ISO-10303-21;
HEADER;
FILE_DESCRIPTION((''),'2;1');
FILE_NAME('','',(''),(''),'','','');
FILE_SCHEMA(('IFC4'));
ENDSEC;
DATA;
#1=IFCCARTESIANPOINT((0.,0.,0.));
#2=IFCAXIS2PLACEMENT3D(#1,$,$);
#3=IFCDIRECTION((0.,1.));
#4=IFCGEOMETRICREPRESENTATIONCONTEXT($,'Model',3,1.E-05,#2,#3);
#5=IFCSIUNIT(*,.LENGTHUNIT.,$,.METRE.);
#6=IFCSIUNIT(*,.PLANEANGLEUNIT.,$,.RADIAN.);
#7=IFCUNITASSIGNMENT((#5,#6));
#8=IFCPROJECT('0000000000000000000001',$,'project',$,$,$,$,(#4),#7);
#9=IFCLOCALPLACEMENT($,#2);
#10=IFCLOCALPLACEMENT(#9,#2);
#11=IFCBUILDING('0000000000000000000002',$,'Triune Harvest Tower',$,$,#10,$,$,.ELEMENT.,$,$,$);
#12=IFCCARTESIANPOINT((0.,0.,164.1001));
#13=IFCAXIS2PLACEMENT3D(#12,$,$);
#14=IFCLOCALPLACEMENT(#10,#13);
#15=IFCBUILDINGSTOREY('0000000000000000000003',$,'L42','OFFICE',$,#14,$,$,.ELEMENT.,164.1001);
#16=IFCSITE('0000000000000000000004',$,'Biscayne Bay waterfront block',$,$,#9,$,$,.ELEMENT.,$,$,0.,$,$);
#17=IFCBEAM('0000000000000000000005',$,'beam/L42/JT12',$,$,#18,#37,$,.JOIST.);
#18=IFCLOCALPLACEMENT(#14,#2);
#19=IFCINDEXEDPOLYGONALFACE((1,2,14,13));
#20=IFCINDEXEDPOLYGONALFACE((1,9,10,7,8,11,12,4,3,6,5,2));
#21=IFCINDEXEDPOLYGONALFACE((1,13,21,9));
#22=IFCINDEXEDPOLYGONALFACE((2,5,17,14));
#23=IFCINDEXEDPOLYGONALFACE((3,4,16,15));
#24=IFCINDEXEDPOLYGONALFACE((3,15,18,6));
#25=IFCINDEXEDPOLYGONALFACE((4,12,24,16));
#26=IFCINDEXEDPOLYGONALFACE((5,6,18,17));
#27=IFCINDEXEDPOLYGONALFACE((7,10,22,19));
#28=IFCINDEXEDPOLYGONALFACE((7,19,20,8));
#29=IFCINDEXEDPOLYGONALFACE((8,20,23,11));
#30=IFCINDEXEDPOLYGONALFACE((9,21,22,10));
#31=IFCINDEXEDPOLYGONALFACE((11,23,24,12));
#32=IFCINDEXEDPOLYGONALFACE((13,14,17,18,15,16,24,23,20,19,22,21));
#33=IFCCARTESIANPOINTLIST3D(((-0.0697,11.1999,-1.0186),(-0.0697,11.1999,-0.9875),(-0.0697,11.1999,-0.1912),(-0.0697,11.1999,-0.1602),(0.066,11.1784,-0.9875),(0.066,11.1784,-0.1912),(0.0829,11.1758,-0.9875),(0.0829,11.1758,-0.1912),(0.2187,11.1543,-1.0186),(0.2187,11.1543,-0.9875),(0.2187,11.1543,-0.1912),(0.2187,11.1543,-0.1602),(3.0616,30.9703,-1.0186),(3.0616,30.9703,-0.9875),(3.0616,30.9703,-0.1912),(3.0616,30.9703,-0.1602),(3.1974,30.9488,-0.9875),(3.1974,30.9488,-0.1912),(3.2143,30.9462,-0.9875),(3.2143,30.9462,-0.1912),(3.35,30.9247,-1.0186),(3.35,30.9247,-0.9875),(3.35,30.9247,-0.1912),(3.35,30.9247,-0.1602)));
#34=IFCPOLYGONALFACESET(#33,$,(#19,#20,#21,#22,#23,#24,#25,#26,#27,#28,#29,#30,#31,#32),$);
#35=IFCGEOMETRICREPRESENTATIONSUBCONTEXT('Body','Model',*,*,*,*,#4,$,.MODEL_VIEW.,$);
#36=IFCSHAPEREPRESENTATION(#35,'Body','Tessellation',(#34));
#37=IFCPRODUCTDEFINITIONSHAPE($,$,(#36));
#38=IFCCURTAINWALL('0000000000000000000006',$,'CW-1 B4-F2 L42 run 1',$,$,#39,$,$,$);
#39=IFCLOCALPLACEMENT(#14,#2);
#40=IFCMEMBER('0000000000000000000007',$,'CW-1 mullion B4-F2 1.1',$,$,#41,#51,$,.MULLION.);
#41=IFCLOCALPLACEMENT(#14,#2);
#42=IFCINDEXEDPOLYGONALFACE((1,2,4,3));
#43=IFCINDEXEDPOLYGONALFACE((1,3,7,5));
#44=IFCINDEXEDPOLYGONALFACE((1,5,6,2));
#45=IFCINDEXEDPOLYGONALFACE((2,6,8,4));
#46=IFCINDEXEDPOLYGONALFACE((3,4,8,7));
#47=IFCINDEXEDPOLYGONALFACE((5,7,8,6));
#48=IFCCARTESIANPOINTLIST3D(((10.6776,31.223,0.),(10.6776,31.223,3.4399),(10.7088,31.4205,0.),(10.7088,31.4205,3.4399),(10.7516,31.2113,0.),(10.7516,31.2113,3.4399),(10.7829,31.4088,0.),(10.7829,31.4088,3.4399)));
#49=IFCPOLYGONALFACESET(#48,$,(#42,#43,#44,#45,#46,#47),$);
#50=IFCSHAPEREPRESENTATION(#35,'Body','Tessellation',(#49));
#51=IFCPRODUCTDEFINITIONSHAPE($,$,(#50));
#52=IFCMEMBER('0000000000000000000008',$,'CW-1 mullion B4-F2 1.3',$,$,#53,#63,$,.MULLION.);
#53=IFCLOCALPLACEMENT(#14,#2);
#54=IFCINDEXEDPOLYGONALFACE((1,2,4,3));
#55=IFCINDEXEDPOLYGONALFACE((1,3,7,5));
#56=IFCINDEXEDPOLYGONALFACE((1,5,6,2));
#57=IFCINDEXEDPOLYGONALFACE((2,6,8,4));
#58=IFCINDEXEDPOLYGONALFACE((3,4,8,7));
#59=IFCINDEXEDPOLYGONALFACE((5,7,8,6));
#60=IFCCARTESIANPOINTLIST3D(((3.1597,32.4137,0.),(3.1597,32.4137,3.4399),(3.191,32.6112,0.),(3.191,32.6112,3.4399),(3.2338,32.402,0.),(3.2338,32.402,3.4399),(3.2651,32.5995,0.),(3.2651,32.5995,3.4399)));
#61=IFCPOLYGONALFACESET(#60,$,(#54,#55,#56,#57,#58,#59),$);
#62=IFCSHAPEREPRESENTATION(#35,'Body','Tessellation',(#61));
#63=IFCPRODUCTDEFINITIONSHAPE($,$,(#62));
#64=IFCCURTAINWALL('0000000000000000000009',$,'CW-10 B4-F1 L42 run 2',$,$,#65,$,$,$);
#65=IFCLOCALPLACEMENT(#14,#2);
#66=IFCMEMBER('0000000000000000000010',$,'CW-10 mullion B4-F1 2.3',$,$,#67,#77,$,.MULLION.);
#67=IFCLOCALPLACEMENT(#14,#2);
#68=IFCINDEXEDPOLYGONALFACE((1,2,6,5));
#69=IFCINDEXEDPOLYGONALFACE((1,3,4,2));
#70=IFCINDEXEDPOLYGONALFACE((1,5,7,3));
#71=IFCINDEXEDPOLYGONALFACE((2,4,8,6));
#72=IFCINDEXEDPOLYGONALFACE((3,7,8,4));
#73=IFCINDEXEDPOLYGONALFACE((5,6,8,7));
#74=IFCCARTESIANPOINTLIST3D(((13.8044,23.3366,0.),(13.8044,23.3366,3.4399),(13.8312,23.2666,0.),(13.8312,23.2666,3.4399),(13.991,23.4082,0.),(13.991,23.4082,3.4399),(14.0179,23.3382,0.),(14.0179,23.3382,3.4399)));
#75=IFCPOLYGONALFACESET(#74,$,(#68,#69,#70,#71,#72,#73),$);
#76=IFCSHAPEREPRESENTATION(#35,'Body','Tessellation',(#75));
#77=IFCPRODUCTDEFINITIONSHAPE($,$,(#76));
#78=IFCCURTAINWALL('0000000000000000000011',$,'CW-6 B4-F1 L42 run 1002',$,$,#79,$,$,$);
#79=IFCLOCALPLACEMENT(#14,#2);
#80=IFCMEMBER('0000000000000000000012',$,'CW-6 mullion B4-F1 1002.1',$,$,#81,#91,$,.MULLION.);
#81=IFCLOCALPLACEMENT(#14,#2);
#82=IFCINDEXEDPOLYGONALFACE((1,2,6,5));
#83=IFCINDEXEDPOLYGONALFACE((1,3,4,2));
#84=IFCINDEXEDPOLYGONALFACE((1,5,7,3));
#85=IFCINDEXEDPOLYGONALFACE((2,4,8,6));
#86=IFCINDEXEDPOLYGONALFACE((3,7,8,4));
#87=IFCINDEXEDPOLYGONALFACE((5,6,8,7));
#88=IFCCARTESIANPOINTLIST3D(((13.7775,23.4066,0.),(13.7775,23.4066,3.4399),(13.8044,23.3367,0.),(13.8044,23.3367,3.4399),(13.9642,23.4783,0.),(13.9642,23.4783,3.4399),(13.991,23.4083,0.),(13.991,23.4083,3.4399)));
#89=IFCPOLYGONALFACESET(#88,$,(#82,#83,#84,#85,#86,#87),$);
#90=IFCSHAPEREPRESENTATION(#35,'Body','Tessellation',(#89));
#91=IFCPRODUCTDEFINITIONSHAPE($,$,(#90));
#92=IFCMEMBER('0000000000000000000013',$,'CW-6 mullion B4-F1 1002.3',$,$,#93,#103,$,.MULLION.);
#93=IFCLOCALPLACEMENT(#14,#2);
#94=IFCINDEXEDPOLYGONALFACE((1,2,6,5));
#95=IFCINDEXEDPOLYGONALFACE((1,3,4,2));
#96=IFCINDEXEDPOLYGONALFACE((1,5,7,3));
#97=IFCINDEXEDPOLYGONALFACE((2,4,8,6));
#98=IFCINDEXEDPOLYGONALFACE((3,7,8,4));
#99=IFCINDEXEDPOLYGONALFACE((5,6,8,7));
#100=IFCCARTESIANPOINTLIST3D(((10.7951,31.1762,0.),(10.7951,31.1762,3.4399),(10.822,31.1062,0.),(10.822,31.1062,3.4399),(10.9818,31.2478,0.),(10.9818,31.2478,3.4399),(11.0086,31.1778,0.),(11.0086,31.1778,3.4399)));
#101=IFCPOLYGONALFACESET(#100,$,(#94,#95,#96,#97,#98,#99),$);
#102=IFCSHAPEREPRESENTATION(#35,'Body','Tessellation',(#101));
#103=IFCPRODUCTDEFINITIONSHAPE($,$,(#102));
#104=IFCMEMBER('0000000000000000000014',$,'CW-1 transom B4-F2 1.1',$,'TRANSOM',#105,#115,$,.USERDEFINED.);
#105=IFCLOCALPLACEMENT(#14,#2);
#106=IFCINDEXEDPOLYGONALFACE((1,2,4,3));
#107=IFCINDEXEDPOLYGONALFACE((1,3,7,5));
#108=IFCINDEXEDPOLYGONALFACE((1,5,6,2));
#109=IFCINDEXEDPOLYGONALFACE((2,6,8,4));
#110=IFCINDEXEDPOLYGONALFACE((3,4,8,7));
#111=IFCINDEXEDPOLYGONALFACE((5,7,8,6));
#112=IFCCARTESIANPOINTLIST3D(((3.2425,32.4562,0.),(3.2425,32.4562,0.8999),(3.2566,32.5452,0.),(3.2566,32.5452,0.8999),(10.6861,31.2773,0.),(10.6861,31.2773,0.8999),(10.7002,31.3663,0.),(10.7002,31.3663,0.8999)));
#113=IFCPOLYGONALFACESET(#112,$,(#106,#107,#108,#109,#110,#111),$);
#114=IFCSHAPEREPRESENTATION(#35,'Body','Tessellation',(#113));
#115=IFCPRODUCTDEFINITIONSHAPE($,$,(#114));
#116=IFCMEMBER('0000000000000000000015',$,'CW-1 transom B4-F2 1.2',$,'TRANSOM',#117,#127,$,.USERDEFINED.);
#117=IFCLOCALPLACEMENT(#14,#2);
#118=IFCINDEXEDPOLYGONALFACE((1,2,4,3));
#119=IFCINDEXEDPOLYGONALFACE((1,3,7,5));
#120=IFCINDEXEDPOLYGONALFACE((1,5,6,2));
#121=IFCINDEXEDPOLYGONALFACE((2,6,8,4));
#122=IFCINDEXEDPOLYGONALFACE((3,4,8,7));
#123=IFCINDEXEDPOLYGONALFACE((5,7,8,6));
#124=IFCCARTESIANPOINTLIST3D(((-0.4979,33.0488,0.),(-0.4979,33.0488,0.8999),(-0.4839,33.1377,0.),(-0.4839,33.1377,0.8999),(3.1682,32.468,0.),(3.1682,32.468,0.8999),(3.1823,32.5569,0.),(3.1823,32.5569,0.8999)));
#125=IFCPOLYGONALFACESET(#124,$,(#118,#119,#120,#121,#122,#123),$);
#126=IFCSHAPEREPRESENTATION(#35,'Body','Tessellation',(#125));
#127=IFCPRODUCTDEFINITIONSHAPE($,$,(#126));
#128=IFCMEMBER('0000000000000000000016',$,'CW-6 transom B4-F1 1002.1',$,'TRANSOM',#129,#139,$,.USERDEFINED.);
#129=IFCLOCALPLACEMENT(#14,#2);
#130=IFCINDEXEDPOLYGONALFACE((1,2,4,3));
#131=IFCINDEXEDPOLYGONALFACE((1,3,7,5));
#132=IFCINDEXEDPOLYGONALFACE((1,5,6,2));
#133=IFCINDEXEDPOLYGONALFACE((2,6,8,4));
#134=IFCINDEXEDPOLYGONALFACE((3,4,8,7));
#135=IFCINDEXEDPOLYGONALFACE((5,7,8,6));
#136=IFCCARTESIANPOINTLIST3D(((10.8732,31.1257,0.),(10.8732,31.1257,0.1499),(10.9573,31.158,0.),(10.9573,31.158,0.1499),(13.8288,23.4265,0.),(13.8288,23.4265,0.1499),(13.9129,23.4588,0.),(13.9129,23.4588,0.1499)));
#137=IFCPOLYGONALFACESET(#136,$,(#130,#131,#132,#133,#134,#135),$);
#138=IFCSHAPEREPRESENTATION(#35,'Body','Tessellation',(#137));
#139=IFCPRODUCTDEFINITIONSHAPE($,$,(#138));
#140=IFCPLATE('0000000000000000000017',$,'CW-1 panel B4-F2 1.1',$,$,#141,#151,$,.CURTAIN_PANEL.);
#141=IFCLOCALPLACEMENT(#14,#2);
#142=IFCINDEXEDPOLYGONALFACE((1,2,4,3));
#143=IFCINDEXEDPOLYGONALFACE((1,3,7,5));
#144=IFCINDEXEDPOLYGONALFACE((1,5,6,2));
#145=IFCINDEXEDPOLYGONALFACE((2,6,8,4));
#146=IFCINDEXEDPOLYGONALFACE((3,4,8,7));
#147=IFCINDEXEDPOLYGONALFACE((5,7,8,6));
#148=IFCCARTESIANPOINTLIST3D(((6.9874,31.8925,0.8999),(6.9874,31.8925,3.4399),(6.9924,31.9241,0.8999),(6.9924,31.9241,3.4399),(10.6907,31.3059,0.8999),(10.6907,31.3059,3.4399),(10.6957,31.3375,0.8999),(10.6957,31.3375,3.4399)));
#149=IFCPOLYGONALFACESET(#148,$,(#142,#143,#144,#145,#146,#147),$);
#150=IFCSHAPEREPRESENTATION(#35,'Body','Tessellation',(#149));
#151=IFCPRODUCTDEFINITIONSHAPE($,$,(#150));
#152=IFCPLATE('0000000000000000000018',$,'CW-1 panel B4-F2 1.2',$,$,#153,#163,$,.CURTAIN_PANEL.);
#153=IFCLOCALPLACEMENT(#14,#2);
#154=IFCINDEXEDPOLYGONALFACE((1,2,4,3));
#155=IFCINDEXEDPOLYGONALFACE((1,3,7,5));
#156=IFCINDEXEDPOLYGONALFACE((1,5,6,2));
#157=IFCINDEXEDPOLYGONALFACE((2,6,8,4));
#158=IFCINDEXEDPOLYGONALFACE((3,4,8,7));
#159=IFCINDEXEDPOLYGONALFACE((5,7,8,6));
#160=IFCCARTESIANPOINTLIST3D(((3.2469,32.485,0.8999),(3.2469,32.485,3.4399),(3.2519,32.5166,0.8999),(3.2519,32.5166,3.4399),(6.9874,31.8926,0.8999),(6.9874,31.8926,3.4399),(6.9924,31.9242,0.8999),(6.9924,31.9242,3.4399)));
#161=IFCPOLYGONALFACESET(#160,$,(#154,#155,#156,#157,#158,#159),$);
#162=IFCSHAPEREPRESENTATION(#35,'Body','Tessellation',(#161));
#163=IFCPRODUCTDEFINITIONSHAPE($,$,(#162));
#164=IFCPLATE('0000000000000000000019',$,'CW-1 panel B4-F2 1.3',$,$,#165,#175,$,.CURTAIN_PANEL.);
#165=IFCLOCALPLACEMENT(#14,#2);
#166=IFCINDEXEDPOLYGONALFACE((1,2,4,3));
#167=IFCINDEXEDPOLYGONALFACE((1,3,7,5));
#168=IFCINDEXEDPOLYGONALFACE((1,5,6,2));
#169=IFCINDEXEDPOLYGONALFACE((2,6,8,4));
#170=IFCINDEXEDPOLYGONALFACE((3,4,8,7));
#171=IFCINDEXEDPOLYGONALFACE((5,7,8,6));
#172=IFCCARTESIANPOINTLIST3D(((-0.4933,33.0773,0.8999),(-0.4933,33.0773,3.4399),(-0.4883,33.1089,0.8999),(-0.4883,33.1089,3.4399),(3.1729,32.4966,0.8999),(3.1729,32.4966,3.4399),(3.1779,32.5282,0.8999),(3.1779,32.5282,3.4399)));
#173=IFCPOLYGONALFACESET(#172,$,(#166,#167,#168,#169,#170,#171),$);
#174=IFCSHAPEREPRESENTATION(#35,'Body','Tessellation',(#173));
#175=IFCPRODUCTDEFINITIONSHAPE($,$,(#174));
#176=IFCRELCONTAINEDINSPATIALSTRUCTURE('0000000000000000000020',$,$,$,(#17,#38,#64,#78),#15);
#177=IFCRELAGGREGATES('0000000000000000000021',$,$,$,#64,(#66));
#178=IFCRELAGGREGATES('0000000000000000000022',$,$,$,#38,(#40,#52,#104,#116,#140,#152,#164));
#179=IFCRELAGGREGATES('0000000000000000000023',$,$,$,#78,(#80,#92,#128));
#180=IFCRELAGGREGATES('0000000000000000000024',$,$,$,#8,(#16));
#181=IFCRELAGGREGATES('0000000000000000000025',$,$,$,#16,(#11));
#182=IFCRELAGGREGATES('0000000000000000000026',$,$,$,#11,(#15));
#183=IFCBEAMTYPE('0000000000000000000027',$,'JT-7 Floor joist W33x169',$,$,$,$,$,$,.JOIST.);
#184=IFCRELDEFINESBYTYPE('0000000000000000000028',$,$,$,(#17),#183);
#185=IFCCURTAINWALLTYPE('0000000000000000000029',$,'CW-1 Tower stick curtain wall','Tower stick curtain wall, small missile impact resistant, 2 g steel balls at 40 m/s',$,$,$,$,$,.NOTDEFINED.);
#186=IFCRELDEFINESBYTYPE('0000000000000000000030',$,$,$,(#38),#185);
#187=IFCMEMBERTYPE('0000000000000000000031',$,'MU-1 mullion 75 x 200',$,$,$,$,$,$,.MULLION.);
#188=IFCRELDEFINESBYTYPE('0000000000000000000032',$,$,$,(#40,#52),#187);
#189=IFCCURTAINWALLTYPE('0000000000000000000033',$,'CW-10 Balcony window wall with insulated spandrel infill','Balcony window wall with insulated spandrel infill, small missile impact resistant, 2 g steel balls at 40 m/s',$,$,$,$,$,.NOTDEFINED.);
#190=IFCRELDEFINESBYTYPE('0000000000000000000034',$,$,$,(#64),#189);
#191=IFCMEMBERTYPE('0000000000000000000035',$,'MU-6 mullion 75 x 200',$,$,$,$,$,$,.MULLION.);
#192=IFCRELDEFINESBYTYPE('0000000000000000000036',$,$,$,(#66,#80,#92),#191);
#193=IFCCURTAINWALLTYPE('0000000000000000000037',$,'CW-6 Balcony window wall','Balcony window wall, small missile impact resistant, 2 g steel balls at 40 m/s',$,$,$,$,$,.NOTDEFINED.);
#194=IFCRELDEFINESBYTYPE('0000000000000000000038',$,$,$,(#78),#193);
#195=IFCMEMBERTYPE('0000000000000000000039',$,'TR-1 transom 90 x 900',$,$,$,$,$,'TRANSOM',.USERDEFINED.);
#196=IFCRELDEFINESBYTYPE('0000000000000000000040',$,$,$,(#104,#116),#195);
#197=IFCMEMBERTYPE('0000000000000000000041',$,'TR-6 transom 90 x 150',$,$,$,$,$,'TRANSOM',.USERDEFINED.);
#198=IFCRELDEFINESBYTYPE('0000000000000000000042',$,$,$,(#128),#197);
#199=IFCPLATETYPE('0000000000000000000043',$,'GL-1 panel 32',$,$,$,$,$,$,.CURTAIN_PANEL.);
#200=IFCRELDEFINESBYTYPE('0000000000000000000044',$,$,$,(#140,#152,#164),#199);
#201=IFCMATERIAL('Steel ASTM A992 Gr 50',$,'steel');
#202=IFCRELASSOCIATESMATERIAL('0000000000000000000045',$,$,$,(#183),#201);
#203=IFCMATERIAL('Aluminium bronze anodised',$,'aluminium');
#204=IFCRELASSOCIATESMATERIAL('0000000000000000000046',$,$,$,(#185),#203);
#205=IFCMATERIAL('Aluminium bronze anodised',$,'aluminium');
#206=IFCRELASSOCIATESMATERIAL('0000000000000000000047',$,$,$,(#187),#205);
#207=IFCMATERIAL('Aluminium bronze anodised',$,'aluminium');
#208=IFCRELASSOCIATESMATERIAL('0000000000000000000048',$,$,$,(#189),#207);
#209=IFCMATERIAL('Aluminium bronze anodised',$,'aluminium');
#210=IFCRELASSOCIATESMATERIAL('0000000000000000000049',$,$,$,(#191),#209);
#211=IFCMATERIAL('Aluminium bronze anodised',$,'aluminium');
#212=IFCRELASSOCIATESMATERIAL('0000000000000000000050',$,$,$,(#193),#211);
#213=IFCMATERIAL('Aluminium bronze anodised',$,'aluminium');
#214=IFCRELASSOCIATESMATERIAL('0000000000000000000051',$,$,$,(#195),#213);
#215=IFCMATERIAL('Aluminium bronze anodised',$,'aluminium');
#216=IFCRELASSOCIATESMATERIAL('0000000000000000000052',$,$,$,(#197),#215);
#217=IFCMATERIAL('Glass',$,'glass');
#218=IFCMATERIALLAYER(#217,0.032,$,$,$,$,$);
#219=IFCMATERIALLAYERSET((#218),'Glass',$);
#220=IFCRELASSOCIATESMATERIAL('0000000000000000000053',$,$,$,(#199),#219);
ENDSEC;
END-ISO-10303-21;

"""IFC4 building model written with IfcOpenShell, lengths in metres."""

from ifc_helpers import new_model, si_unit, direction, frame, origin, origin_2d, place, context, subcontext, project, spatial, rectangle, i_section, extrude, source, transform, mapped, material, layer, layer_set, material_profile, profile_set, type_object, element, aggregate, save


model = new_model("IFC4")

# Units and contexts
model_context = context("Model", 3, precision=1e-05, world=origin(), true_north=direction((0.0, 1.0)))
body_context = subcontext(model_context, "Body", "Model", "MODEL_VIEW")
ifc_project = project(units=[si_unit("LENGTHUNIT", "METRE"), si_unit("PLANEANGLEUNIT", "RADIAN")], contexts=[model_context])

# Site, building, storey
site_placement = place(None, origin())
site = spatial("IfcSite", under=ifc_project, at=site_placement, Name="Biscayne Bay waterfront block", CompositionType="ELEMENT", RefElevation=0.0)
building_placement = place(site_placement, origin())
building = spatial("IfcBuilding", under=site, at=building_placement, Name="Triune Harvest Tower", CompositionType="ELEMENT")
storey_placement = place(building_placement, frame((0.0, 0.0, 164.1001)))
storey = spatial("IfcBuildingStorey", under=building, at=storey_placement, Name="L42", Description="OFFICE", CompositionType="ELEMENT", Elevation=164.1001)

# Beam
ifc_material_1 = material(Name="Steel ASTM A992 Gr 50", Category="steel")
ifc_material_profile_1 = material_profile(ifc_material_1, i_section(OverallWidth=0.292, OverallDepth=0.8584, WebThickness=0.0171, FlangeThickness=0.031, at=origin_2d()), Name="W33x169")
ifc_profile_set_1 = profile_set([ifc_material_profile_1], Name="Steel ASTM A992 Gr 50")
beam_type_1 = type_object("IfcBeamType", Name="JT-7 Floor joist W33x169", PredefinedType="JOIST", material=ifc_profile_set_1)
shared_shape_1 = source(origin(), body_context, "Body", "SweptSolid", [
    extrude(i_section(OverallWidth=0.292, OverallDepth=0.8584, WebThickness=0.0171, FlangeThickness=0.031, at=origin_2d()), origin(), (0.0, 0.0, 1.0), 20.0168),
])
beam_1_placement = place(storey_placement, frame((3.2058, 30.9475, -0.5894), z_axis=(-0.156435, -0.987688, 0.0), x_axis=(0.987688, -0.156435, 0.0)))
element("IfcBeam", 1, at=beam_1_placement, inside=storey, type_object=beam_type_1, Name="beam/L42/JT12", PredefinedType="JOIST", context=body_context, shape_type="MappedRepresentation", body=[
    mapped(shared_shape_1, transform((0.0, 0.0, 0.0), scale=1.0)),
])

# Curtain wall, members
ifc_material_2 = material(Name="Aluminium bronze anodised", Category="aluminium")
curtain_wall_type_1 = type_object("IfcCurtainWallType", Name="CW-1 Tower stick curtain wall", Description="Tower stick curtain wall, small missile impact resistant, 2 g steel balls at 40 m/s", PredefinedType="NOTDEFINED", material=ifc_material_2)
curtain_wall_1_placement = place(storey_placement, origin())
curtain_wall_1 = element("IfcCurtainWall", 2, at=curtain_wall_1_placement, inside=storey, type_object=curtain_wall_type_1, Name="CW-1 B4-F2 L42 run 1")
ifc_material_3 = material(Name="Aluminium bronze anodised", Category="aluminium")
ifc_material_profile_2 = material_profile(ifc_material_3, rectangle(XDim=0.2, YDim=0.075, at=origin_2d()), Name="MU-1 mullion 75 x 200")
ifc_profile_set_2 = profile_set([ifc_material_profile_2], Name="Aluminium bronze anodised")
member_type_1 = type_object("IfcMemberType", Name="MU-1 mullion 75 x 200", PredefinedType="MULLION", material=ifc_profile_set_2)
shared_shape_2 = source(origin(), body_context, "Body", "SweptSolid", [
    extrude(rectangle(XDim=0.2, YDim=0.075, at=origin_2d()), origin(), (0.0, 0.0, 1.0), 3.4399),
])
member_1_placement = place(storey_placement, frame((10.7302, 31.3159, 0.0), z_axis=(0.0, 0.0, 1.0), x_axis=(-0.156433, -0.987689, 0.0)))
member_1 = element("IfcMember", 3, at=member_1_placement, type_object=member_type_1, Name="CW-1 mullion B4-F2 1.1", PredefinedType="MULLION", context=body_context, shape_type="MappedRepresentation", body=[
    mapped(shared_shape_2, transform((0.0, 0.0, 0.0), scale=1.0)),
])
member_2_placement = place(storey_placement, frame((3.2124, 32.5066, 0.0), z_axis=(0.0, 0.0, 1.0), x_axis=(-0.156433, -0.987689, 0.0)))
member_2 = element("IfcMember", 4, at=member_2_placement, type_object=member_type_1, Name="CW-1 mullion B4-F2 1.3", PredefinedType="MULLION", context=body_context, shape_type="MappedRepresentation", body=[
    mapped(shared_shape_2, transform((0.0, 0.0, 0.0), scale=1.0)),
])

# Curtain wall, member
ifc_material_4 = material(Name="Aluminium bronze anodised", Category="aluminium")
curtain_wall_type_2 = type_object("IfcCurtainWallType", Name="CW-10 Balcony window wall with insulated spandrel infill", Description="Balcony window wall with insulated spandrel infill, small missile impact resistant, 2 g steel balls at 40 m/s", PredefinedType="NOTDEFINED", material=ifc_material_4)
curtain_wall_2_placement = place(storey_placement, origin())
curtain_wall_2 = element("IfcCurtainWall", 5, at=curtain_wall_2_placement, inside=storey, type_object=curtain_wall_type_2, Name="CW-10 B4-F1 L42 run 2")
ifc_material_5 = material(Name="Aluminium bronze anodised", Category="aluminium")
ifc_material_profile_3 = material_profile(ifc_material_5, rectangle(XDim=0.2, YDim=0.075, at=origin_2d()), Name="MU-6 mullion 75 x 200")
ifc_profile_set_3 = profile_set([ifc_material_profile_3], Name="Aluminium bronze anodised")
member_type_2 = type_object("IfcMemberType", Name="MU-6 mullion 75 x 200", PredefinedType="MULLION", material=ifc_profile_set_3)
shared_shape_3 = source(origin(), body_context, "Body", "SweptSolid", [
    extrude(rectangle(XDim=0.2, YDim=0.075, at=origin_2d()), origin(), (0.0, 0.0, 1.0), 3.4399),
])
member_3_placement = place(storey_placement, frame((13.9111, 23.3374, 0.0), z_axis=(0.0, 0.0, 1.0), x_axis=(-0.933582, -0.358365, 0.0)))
member_3 = element("IfcMember", 6, at=member_3_placement, type_object=member_type_2, Name="CW-10 mullion B4-F1 2.3", PredefinedType="MULLION", context=body_context, shape_type="MappedRepresentation", body=[
    mapped(shared_shape_3, transform((0.0, 0.0, 0.0), scale=1.0)),
])
aggregate(curtain_wall_2, [member_3])

# Curtain wall, members
ifc_material_6 = material(Name="Aluminium bronze anodised", Category="aluminium")
curtain_wall_type_3 = type_object("IfcCurtainWallType", Name="CW-6 Balcony window wall", Description="Balcony window wall, small missile impact resistant, 2 g steel balls at 40 m/s", PredefinedType="NOTDEFINED", material=ifc_material_6)
curtain_wall_3_placement = place(storey_placement, origin())
curtain_wall_3 = element("IfcCurtainWall", 7, at=curtain_wall_3_placement, inside=storey, type_object=curtain_wall_type_3, Name="CW-6 B4-F1 L42 run 1002")
member_4_placement = place(storey_placement, frame((13.8843, 23.4075, 0.0), z_axis=(0.0, 0.0, 1.0), x_axis=(-0.933578, -0.358373, 0.0)))
member_4 = element("IfcMember", 8, at=member_4_placement, type_object=member_type_2, Name="CW-6 mullion B4-F1 1002.1", PredefinedType="MULLION", context=body_context, shape_type="MappedRepresentation", body=[
    mapped(shared_shape_3, transform((0.0, 0.0, 0.0), scale=1.0)),
])
member_5_placement = place(storey_placement, frame((10.9019, 31.177, 0.0), z_axis=(0.0, 0.0, 1.0), x_axis=(-0.933578, -0.358373, 0.0)))
member_5 = element("IfcMember", 9, at=member_5_placement, type_object=member_type_2, Name="CW-6 mullion B4-F1 1002.3", PredefinedType="MULLION", context=body_context, shape_type="MappedRepresentation", body=[
    mapped(shared_shape_3, transform((0.0, 0.0, 0.0), scale=1.0)),
])

# Members
ifc_material_7 = material(Name="Aluminium bronze anodised", Category="aluminium")
ifc_material_profile_4 = material_profile(ifc_material_7, rectangle(XDim=0.0901, YDim=0.8999, at=origin_2d()), Name="TR-1 transom 90 x 900")
ifc_profile_set_4 = profile_set([ifc_material_profile_4], Name="Aluminium bronze anodised")
member_type_3 = type_object("IfcMemberType", Name="TR-1 transom 90 x 900", ElementType="TRANSOM", PredefinedType="USERDEFINED", material=ifc_profile_set_4)
shared_shape_4 = source(origin(), body_context, "Body", "SweptSolid", [
    extrude(rectangle(XDim=0.0901, YDim=0.8999, at=origin_2d()), origin(), (0.0, 0.0, 1.0), 7.5364),
])
member_6_placement = place(storey_placement, frame((10.6931, 31.3218, 0.45), z_axis=(-0.987688, 0.156435, 0.0), x_axis=(-0.156435, -0.987688, 0.0)))
member_6 = element("IfcMember", 10, at=member_6_placement, type_object=member_type_3, Name="CW-1 transom B4-F2 1.1", ObjectType="TRANSOM", PredefinedType="USERDEFINED", context=body_context, shape_type="MappedRepresentation", body=[
    mapped(shared_shape_4, transform((0.0, 0.0, 0.0), scale=1.0)),
])
shared_shape_5 = source(origin(), body_context, "Body", "SweptSolid", [
    extrude(rectangle(XDim=0.0901, YDim=0.8999, at=origin_2d()), origin(), (0.0, 0.0, 1.0), 3.7119),
])
member_7_placement = place(storey_placement, frame((3.1753, 32.5125, 0.45), z_axis=(-0.987683, 0.156469, 0.0), x_axis=(-0.156469, -0.987683, 0.0)))
member_7 = element("IfcMember", 11, at=member_7_placement, type_object=member_type_3, Name="CW-1 transom B4-F2 1.2", ObjectType="TRANSOM", PredefinedType="USERDEFINED", context=body_context, shape_type="MappedRepresentation", body=[
    mapped(shared_shape_5, transform((0.0, 0.0, 0.0), scale=1.0)),
])
ifc_material_8 = material(Name="Aluminium bronze anodised", Category="aluminium")
ifc_material_profile_5 = material_profile(ifc_material_8, rectangle(XDim=0.0901, YDim=0.1499, at=origin_2d()), Name="TR-6 transom 90 x 150")
ifc_profile_set_5 = profile_set([ifc_material_profile_5], Name="Aluminium bronze anodised")
member_type_4 = type_object("IfcMemberType", Name="TR-6 transom 90 x 150", ElementType="TRANSOM", PredefinedType="USERDEFINED", material=ifc_profile_set_5)
shared_shape_6 = source(origin(), body_context, "Body", "SweptSolid", [
    extrude(rectangle(XDim=0.0901, YDim=0.1499, at=origin_2d()), origin(), (0.0, 0.0, 1.0), 8.2471),
])
member_8_placement = place(storey_placement, frame((13.8708, 23.4426, 0.075), z_axis=(-0.35838, 0.933576, 0.0), x_axis=(-0.933576, -0.35838, 0.0)))
member_8 = element("IfcMember", 12, at=member_8_placement, type_object=member_type_4, Name="CW-6 transom B4-F1 1002.1", ObjectType="TRANSOM", PredefinedType="USERDEFINED", context=body_context, shape_type="MappedRepresentation", body=[
    mapped(shared_shape_6, transform((0.0, 0.0, 0.0), scale=1.0)),
])

# Plates
ifc_material_9 = material(Name="Glass", Category="glass")
ifc_layer_1 = layer(ifc_material_9, 0.032)
ifc_layer_set_1 = layer_set([ifc_layer_1], Name="Glass")
plate_type_1 = type_object("IfcPlateType", Name="GL-1 panel 32", PredefinedType="CURTAIN_PANEL", material=ifc_layer_set_1)
shared_shape_7 = source(origin(), body_context, "Body", "SweptSolid", [
    extrude(rectangle(XDim=3.7495, YDim=0.032, at=origin_2d()), origin(), (0.0, 0.0, 1.0), 2.54),
])
plate_1_placement = place(storey_placement, frame((8.8416, 31.615, 0.8999), z_axis=(0.0, 0.0, 1.0), x_axis=(-0.987689, 0.156433, 0.0)))
plate_1 = element("IfcPlate", 13, at=plate_1_placement, type_object=plate_type_1, Name="CW-1 panel B4-F2 1.1", PredefinedType="CURTAIN_PANEL", context=body_context, shape_type="MappedRepresentation", body=[
    mapped(shared_shape_7, transform((0.0, 0.0, 0.0), scale=1.0)),
])
shared_shape_8 = source(origin(), body_context, "Body", "SweptSolid", [
    extrude(rectangle(XDim=3.7871, YDim=0.032, at=origin_2d()), origin(), (0.0, 0.0, 1.0), 2.54),
])
plate_2_placement = place(storey_placement, frame((5.1196, 32.2046, 0.8999), z_axis=(0.0, 0.0, 1.0), x_axis=(-0.987689, 0.156433, 0.0)))
plate_2 = element("IfcPlate", 14, at=plate_2_placement, type_object=plate_type_1, Name="CW-1 panel B4-F2 1.2", PredefinedType="CURTAIN_PANEL", context=body_context, shape_type="MappedRepresentation", body=[
    mapped(shared_shape_8, transform((0.0, 0.0, 0.0), scale=1.0)),
])
shared_shape_9 = source(origin(), body_context, "Body", "SweptSolid", [
    extrude(rectangle(XDim=3.7119, YDim=0.032, at=origin_2d()), origin(), (0.0, 0.0, 1.0), 2.54),
])
plate_3_placement = place(storey_placement, frame((1.3423, 32.8027, 0.8999), z_axis=(0.0, 0.0, 1.0), x_axis=(-0.987689, 0.156433, 0.0)))
plate_3 = element("IfcPlate", 15, at=plate_3_placement, type_object=plate_type_1, Name="CW-1 panel B4-F2 1.3", PredefinedType="CURTAIN_PANEL", context=body_context, shape_type="MappedRepresentation", body=[
    mapped(shared_shape_9, transform((0.0, 0.0, 0.0), scale=1.0)),
])
aggregate(curtain_wall_1, [member_1, member_2, member_6, member_7, plate_1, plate_2, plate_3])
aggregate(curtain_wall_3, [member_4, member_5, member_8])

save(model, "model.ifc")
